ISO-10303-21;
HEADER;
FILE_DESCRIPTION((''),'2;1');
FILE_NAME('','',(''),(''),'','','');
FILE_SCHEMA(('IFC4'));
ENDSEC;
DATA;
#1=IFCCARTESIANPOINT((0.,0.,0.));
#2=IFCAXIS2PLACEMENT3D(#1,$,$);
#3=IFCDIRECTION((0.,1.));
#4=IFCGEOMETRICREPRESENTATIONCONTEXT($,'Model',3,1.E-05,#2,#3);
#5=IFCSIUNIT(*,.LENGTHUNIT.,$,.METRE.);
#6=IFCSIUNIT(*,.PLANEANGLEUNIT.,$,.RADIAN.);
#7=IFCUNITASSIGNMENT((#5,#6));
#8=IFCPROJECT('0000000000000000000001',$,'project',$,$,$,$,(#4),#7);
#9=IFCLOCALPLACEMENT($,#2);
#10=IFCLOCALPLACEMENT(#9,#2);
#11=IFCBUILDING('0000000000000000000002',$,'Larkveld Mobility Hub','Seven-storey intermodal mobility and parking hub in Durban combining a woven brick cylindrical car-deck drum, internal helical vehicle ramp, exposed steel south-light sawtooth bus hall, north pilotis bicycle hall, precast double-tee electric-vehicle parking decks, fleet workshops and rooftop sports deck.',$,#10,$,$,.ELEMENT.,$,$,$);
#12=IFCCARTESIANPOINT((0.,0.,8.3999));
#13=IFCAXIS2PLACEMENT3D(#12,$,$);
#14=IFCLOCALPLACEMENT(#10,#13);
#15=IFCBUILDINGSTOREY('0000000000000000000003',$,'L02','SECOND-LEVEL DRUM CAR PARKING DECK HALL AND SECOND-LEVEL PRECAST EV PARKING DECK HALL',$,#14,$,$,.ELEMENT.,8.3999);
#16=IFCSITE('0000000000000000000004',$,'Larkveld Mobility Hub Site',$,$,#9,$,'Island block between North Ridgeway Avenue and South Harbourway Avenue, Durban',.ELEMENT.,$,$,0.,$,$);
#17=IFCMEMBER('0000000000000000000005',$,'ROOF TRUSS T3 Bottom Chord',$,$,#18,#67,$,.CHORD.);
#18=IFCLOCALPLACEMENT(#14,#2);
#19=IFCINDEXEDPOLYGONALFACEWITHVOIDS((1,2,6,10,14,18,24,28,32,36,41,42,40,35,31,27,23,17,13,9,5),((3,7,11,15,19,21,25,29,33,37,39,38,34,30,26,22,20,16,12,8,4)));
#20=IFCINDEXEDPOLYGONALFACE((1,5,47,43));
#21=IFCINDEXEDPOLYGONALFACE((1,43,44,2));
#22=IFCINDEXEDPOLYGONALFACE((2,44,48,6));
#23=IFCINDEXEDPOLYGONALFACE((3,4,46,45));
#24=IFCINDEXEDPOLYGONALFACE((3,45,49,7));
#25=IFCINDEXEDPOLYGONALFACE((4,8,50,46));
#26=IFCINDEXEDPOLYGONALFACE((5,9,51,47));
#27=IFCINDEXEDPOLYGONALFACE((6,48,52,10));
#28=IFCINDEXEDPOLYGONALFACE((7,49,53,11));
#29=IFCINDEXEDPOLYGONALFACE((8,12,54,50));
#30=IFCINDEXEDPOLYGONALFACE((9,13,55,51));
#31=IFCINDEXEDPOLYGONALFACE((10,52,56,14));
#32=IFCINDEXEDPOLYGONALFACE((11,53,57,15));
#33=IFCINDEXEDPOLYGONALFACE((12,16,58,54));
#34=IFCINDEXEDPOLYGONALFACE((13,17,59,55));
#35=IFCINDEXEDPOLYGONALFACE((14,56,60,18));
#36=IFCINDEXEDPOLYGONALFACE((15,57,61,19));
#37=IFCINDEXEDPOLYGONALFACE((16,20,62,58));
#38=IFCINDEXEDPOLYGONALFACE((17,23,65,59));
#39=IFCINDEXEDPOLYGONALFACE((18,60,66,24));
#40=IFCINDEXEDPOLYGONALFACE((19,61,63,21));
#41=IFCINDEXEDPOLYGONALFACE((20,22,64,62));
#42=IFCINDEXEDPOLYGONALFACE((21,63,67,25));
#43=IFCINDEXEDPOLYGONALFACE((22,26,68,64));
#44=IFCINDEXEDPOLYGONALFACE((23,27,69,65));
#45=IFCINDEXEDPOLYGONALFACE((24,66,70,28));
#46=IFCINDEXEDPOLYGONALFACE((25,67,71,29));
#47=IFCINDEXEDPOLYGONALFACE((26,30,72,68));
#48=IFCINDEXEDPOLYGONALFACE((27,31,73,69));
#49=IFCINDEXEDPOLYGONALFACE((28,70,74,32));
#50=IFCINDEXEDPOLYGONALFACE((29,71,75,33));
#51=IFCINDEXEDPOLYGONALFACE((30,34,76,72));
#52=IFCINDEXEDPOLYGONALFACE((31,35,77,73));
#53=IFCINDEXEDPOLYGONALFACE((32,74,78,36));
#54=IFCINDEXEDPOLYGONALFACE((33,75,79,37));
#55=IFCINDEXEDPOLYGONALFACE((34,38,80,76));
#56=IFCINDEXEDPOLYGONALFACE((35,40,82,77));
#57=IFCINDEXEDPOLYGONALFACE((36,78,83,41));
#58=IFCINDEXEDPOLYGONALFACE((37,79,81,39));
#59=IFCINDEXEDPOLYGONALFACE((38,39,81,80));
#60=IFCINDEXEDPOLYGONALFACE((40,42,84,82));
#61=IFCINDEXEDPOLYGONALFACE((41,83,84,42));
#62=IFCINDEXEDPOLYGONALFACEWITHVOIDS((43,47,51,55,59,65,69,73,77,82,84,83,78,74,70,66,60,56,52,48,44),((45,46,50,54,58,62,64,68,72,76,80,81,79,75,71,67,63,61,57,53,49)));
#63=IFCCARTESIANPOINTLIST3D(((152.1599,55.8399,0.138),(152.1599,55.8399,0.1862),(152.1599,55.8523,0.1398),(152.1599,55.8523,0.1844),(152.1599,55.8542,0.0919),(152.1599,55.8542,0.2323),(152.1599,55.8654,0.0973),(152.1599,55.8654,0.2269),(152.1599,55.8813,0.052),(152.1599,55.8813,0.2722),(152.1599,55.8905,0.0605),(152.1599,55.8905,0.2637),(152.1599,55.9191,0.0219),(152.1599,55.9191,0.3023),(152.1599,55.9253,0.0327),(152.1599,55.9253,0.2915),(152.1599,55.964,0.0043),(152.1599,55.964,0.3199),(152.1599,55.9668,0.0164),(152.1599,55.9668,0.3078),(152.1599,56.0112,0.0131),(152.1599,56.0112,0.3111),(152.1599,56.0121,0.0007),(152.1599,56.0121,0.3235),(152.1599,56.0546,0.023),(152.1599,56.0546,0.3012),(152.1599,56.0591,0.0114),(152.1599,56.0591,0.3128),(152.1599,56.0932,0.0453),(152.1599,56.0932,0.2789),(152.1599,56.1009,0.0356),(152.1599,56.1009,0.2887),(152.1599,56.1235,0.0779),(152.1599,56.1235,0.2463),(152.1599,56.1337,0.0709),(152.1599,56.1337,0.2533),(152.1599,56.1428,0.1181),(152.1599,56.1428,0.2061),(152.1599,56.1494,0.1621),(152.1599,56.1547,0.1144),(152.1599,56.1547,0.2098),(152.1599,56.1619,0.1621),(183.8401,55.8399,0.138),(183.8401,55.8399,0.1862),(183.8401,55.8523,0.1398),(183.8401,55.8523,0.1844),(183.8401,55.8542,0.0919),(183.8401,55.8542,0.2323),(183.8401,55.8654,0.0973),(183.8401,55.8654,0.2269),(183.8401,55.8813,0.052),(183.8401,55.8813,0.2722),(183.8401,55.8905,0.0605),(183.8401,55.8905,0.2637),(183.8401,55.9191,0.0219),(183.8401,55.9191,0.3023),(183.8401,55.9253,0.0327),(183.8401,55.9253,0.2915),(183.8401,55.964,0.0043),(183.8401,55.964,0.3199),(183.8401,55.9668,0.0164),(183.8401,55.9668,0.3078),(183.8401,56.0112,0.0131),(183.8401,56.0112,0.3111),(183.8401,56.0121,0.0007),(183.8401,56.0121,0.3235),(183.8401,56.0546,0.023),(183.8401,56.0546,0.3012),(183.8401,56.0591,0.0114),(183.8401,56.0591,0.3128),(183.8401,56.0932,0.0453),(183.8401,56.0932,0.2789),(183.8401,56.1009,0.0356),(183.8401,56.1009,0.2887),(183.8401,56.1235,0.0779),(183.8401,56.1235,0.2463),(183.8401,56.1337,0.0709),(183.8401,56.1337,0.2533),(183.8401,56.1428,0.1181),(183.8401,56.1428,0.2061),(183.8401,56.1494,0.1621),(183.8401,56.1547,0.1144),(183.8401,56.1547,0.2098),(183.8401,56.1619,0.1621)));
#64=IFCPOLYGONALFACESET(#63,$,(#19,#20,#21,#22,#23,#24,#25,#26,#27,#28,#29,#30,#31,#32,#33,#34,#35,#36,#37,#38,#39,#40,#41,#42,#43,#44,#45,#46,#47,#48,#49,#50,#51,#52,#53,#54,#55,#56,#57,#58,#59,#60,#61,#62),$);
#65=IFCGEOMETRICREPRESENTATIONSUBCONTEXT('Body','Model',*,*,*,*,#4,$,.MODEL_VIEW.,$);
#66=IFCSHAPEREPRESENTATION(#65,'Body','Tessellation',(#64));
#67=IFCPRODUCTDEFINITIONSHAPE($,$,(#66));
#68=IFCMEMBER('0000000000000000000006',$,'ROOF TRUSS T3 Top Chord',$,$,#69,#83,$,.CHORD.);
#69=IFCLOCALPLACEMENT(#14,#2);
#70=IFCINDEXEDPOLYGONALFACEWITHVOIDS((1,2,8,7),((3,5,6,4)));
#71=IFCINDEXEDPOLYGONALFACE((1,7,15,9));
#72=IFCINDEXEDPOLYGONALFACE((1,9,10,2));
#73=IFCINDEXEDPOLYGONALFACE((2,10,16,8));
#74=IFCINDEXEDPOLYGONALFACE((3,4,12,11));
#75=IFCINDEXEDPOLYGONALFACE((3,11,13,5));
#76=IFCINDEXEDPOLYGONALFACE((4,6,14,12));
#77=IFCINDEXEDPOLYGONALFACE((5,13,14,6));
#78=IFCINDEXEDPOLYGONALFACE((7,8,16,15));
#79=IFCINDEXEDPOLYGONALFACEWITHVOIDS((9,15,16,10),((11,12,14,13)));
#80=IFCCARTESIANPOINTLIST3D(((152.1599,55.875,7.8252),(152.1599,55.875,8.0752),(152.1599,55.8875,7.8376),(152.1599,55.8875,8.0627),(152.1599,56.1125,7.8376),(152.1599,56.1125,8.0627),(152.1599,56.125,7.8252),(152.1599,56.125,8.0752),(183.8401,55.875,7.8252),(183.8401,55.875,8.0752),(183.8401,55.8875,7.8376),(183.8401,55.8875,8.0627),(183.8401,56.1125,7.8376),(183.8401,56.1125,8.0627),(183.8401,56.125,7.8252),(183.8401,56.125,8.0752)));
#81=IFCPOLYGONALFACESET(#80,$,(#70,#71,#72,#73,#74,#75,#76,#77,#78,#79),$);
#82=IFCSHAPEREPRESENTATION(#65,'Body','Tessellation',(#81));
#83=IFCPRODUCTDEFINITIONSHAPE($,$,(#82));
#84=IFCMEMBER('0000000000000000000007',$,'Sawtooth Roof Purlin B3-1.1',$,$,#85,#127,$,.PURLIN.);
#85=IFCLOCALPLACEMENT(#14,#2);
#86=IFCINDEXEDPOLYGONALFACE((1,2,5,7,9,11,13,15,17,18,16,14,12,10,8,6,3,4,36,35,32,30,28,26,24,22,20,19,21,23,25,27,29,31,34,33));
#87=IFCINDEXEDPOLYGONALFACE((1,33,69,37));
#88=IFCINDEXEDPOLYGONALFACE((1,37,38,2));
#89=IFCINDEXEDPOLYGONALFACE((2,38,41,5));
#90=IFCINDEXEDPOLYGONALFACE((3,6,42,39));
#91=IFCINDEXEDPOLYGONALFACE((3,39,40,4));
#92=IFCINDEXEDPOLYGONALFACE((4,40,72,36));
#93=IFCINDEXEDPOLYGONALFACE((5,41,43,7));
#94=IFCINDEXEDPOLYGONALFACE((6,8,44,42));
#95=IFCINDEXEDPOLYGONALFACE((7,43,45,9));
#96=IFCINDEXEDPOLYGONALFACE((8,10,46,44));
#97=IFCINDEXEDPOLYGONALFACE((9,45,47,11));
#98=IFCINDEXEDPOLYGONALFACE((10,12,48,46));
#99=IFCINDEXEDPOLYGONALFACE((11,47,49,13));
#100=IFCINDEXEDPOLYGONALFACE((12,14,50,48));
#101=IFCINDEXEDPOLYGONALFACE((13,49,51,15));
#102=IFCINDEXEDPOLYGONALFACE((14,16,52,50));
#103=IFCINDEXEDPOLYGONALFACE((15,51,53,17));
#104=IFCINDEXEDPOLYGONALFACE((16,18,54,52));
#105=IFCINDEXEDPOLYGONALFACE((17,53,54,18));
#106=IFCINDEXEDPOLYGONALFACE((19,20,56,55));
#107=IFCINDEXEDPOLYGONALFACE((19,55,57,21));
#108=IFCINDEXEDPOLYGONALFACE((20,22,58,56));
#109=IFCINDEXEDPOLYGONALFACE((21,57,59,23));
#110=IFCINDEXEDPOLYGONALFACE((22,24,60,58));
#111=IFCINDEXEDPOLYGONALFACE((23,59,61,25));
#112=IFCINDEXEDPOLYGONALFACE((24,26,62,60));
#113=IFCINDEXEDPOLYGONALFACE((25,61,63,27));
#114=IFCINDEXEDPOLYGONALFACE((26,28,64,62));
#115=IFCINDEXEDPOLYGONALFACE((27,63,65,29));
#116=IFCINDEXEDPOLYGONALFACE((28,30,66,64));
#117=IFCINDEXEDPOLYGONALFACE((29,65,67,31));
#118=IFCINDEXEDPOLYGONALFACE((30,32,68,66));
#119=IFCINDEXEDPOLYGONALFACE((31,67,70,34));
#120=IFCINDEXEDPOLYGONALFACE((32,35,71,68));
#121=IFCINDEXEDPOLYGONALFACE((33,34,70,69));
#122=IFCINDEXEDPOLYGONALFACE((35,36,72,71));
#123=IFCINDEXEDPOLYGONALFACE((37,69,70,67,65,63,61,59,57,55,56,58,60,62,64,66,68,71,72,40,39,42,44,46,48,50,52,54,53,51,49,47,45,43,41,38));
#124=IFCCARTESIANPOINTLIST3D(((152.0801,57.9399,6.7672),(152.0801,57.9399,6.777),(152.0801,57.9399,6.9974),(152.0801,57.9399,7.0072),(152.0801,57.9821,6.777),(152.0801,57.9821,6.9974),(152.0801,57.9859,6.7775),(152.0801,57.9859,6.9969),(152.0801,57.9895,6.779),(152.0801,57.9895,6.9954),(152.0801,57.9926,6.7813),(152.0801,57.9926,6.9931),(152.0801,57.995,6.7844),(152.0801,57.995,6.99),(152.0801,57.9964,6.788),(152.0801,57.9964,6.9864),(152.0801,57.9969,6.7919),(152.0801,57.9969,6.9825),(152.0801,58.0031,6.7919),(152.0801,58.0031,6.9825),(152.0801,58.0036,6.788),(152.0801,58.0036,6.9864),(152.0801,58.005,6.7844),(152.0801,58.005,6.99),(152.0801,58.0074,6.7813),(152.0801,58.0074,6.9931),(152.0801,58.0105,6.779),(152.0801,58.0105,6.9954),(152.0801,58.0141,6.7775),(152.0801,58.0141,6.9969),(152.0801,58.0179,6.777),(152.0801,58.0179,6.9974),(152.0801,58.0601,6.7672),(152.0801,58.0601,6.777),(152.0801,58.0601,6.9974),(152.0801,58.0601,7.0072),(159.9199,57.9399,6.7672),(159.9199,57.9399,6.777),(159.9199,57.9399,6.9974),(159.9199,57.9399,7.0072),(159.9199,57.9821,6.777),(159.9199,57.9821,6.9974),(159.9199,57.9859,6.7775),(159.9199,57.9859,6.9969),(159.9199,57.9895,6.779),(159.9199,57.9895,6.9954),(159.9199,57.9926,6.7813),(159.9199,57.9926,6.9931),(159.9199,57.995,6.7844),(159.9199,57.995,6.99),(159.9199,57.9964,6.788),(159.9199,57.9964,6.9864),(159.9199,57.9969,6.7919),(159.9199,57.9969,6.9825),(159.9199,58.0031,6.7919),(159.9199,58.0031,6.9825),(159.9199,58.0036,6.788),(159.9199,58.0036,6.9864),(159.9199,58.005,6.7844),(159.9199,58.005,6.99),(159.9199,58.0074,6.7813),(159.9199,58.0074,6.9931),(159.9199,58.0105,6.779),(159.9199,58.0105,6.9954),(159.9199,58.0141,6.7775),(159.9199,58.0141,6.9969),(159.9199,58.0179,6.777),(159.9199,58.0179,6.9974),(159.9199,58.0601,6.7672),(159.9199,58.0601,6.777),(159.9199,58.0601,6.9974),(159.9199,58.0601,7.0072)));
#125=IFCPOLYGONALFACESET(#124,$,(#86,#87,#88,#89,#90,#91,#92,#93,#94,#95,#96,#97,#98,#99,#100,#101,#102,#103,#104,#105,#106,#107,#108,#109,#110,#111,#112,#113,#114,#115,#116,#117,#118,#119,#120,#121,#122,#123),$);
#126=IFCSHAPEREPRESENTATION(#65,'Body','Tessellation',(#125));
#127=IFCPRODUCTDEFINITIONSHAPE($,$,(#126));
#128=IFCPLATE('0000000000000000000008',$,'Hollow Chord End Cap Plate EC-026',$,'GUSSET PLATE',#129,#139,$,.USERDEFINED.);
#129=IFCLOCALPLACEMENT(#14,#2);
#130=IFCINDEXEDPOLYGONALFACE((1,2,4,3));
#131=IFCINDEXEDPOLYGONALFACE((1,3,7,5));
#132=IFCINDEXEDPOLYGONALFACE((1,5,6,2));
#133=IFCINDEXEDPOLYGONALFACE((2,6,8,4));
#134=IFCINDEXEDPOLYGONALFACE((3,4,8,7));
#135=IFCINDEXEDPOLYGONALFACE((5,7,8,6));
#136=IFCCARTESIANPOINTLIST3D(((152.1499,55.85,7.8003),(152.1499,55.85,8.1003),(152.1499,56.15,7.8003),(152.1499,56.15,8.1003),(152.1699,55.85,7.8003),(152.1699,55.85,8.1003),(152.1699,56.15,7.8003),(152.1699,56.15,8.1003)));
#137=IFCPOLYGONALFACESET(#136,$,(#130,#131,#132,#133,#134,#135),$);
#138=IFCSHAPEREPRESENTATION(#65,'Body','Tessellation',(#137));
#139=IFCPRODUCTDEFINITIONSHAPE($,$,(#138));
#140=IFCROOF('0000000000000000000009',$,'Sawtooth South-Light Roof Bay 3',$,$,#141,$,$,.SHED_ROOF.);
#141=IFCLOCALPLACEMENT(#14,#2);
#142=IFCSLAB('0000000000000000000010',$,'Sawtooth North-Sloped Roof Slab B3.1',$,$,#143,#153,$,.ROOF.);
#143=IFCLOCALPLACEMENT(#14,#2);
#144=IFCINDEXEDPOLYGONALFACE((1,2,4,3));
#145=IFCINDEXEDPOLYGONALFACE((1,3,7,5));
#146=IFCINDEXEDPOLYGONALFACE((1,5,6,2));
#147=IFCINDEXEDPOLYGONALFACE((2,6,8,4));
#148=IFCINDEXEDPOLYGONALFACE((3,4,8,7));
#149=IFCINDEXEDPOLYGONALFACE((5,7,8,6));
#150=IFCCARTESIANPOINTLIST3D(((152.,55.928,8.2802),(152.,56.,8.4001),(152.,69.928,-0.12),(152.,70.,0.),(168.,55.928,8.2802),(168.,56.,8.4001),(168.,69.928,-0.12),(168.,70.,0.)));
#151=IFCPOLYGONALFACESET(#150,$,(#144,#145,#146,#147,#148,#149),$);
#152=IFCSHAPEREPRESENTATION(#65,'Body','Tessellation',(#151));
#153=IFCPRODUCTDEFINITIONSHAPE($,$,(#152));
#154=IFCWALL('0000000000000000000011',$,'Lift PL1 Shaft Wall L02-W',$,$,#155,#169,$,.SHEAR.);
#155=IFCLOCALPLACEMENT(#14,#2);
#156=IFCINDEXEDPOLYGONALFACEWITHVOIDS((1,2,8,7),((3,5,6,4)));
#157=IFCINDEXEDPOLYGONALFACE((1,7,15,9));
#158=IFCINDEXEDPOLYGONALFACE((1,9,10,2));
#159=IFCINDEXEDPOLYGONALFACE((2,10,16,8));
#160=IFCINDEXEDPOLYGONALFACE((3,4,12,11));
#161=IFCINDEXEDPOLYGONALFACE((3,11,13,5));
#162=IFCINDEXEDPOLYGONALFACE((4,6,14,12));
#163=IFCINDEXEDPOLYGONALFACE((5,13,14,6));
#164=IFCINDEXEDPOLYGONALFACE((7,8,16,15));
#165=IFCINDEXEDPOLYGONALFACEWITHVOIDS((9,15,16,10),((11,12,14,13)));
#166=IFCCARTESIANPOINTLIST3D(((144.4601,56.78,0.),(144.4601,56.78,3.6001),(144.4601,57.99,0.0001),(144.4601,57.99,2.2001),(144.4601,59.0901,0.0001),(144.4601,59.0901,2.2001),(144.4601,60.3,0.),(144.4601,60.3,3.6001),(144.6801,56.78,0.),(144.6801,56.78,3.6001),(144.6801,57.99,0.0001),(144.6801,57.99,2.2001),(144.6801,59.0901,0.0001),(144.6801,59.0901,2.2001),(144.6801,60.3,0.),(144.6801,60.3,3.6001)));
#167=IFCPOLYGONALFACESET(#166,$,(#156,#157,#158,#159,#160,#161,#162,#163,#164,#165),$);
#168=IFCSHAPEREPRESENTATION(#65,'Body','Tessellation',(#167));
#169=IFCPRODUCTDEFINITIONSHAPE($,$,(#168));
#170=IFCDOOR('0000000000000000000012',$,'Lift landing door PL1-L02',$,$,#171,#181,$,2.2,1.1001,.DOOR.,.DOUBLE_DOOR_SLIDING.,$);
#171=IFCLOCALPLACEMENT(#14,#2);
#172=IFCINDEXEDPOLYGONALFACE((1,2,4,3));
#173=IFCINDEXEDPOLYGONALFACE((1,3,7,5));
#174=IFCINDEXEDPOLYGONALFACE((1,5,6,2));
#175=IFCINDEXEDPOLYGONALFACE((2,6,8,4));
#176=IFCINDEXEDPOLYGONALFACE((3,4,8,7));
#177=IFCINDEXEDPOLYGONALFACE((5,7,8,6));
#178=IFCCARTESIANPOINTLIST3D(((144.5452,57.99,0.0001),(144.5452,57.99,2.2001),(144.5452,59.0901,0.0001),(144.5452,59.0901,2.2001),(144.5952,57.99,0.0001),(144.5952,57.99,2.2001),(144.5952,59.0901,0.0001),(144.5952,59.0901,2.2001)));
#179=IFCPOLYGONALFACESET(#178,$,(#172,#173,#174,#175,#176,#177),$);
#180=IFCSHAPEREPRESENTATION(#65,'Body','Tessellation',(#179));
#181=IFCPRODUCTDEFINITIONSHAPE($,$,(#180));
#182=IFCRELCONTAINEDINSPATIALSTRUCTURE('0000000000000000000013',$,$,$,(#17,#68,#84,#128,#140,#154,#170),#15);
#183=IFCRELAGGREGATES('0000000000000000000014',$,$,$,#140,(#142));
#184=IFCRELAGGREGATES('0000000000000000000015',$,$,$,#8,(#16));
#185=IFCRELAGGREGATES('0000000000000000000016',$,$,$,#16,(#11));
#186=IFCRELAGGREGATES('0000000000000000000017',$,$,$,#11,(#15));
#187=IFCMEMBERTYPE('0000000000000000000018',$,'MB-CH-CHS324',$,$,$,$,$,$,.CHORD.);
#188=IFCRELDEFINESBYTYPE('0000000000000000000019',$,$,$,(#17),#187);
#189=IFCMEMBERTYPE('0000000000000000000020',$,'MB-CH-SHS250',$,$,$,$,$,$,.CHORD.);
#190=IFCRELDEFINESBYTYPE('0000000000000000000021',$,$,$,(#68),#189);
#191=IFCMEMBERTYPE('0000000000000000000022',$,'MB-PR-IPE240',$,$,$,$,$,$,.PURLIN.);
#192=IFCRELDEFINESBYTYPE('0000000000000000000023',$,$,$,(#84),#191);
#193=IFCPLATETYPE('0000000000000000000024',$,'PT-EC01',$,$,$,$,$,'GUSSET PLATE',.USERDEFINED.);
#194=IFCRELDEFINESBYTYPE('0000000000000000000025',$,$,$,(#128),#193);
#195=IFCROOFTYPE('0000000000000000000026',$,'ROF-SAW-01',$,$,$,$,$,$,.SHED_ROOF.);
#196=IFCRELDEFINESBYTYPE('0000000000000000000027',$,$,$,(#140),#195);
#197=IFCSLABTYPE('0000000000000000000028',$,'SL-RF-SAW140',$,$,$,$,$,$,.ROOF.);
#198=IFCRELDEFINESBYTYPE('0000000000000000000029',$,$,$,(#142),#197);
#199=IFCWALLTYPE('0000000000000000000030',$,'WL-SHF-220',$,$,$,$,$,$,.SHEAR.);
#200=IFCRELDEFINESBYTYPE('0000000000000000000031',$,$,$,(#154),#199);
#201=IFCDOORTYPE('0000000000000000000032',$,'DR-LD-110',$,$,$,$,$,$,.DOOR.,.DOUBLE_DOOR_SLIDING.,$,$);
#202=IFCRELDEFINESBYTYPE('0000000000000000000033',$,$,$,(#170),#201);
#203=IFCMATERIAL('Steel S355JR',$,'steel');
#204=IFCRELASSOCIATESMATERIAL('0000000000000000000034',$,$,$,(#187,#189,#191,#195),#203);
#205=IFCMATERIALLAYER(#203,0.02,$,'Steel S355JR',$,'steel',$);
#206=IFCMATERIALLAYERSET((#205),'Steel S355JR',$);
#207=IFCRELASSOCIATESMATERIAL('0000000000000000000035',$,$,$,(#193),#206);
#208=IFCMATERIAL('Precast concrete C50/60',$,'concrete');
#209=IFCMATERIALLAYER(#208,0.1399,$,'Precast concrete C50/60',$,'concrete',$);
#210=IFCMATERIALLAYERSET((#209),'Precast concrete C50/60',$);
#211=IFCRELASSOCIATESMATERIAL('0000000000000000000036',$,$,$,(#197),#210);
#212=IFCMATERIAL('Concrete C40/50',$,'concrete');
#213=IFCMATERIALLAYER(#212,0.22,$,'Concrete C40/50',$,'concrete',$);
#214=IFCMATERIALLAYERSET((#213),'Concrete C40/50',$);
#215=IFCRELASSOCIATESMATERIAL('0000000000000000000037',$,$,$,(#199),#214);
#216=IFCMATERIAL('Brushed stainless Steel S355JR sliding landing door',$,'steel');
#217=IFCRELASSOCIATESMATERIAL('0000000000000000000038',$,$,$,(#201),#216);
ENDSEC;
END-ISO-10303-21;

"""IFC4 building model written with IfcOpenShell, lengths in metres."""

from ifc_helpers import new_model, si_unit, direction, frame, frame_2d, origin, origin_2d, place, context, subcontext, project, spatial, polyline, rectangle, hollow_rectangle, hollow_circle, i_section, outline, extrude, material, layer, layer_set, material_profile, profile_set, type_object, element, fill, aggregate, save


model = new_model("IFC4")

# Units and contexts
model_context = context("Model", 3, precision=1e-05, world=origin(), true_north=direction((0.0, 1.0)))
body_context = subcontext(model_context, "Body", "Model", "MODEL_VIEW")
ifc_project = project(units=[si_unit("LENGTHUNIT", "METRE"), si_unit("PLANEANGLEUNIT", "RADIAN")], contexts=[model_context])

# Site, building, storey
site_placement = place(None, origin())
site = spatial("IfcSite", under=ifc_project, at=site_placement, Name="Larkveld Mobility Hub Site", LongName="Island block between North Ridgeway Avenue and South Harbourway Avenue, Durban", CompositionType="ELEMENT", RefElevation=0.0)
building_placement = place(site_placement, origin())
building = spatial("IfcBuilding", under=site, at=building_placement, Name="Larkveld Mobility Hub", Description="Seven-storey intermodal mobility and parking hub in Durban combining a woven brick cylindrical car-deck drum, internal helical vehicle ramp, exposed steel south-light sawtooth bus hall, north pilotis bicycle hall, precast double-tee electric-vehicle parking decks, fleet workshops and rooftop sports deck.", CompositionType="ELEMENT")
storey_placement = place(building_placement, frame((0.0, 0.0, 8.3999)))
storey = spatial("IfcBuildingStorey", under=building, at=storey_placement, Name="L02", Description="SECOND-LEVEL DRUM CAR PARKING DECK HALL AND SECOND-LEVEL PRECAST EV PARKING DECK HALL", CompositionType="ELEMENT", Elevation=8.3999)

# Shared definitions
ifc_material_1 = material(Name="Precast concrete C50/60", Category="concrete")
ifc_material_2 = material(Name="Concrete C40/50", Category="concrete")

# Shared definitions
ifc_material_3 = material(Name="Steel S355JR", Category="steel")

# Members
ifc_material_profile_1 = material_profile(ifc_material_3, hollow_circle(Radius=0.1619, WallThickness=0.0125, at=origin_2d()), Name="CHS 323.9x12.5")
ifc_profile_set_1 = profile_set([ifc_material_profile_1], Name="Steel S355JR")
member_type_1 = type_object("IfcMemberType", Name="MB-CH-CHS324", PredefinedType="CHORD", material=ifc_profile_set_1)
member_1_placement = place(storey_placement, frame((152.1599, 56.0, 0.1621), z_axis=(1.0, 0.0, 0.0), x_axis=(0.0, 1.0, 0.0)))
element("IfcMember", 1, at=member_1_placement, inside=storey, type_object=member_type_1, Name="ROOF TRUSS T3 Bottom Chord", PredefinedType="CHORD", context=body_context, shape_type="SweptSolid", body=[
    extrude(hollow_circle(Radius=0.1619, WallThickness=0.0125, at=origin_2d()), origin(), (0.0, 0.0, 1.0), 31.6802),
])
ifc_material_profile_2 = material_profile(ifc_material_3, hollow_rectangle(XDim=0.25, YDim=0.25, WallThickness=0.0125, at=origin_2d()), Name="SHS 250x250x12.5")
ifc_profile_set_2 = profile_set([ifc_material_profile_2], Name="Steel S355JR")
member_type_2 = type_object("IfcMemberType", Name="MB-CH-SHS250", PredefinedType="CHORD", material=ifc_profile_set_2)
member_2_placement = place(storey_placement, frame((152.1599, 56.0, 7.9502), z_axis=(1.0, 0.0, 0.0), x_axis=(0.0, 1.0, 0.0)))
element("IfcMember", 2, at=member_2_placement, inside=storey, type_object=member_type_2, Name="ROOF TRUSS T3 Top Chord", PredefinedType="CHORD", context=body_context, shape_type="SweptSolid", body=[
    extrude(hollow_rectangle(XDim=0.25, YDim=0.25, WallThickness=0.0125, at=origin_2d()), origin(), (0.0, 0.0, 1.0), 31.6802),
])
ifc_material_profile_3 = material_profile(ifc_material_3, i_section(OverallWidth=0.1201, OverallDepth=0.24, WebThickness=0.0061, FlangeThickness=0.0098, FilletRadius=0.0149, at=origin_2d()), Name="IPE 240")
ifc_profile_set_3 = profile_set([ifc_material_profile_3], Name="Steel S355JR")
member_type_3 = type_object("IfcMemberType", Name="MB-PR-IPE240", PredefinedType="PURLIN", material=ifc_profile_set_3)
member_3_placement = place(storey_placement, frame((152.0801, 58.0, 6.8872), z_axis=(1.0, 0.0, 0.0), x_axis=(0.0, 1.0, 0.0)))
element("IfcMember", 3, at=member_3_placement, inside=storey, type_object=member_type_3, Name="Sawtooth Roof Purlin B3-1.1", PredefinedType="PURLIN", context=body_context, shape_type="SweptSolid", body=[
    extrude(i_section(OverallWidth=0.1201, OverallDepth=0.24, WebThickness=0.0061, FlangeThickness=0.0098, FilletRadius=0.0149, at=origin_2d()), origin(), (0.0, 0.0, 1.0), 7.8398),
])

# Plate
ifc_layer_1 = layer(ifc_material_3, 0.02, Name="Steel S355JR", Category="steel")
ifc_layer_set_1 = layer_set([ifc_layer_1], Name="Steel S355JR")
plate_type = type_object("IfcPlateType", Name="PT-EC01", ElementType="GUSSET PLATE", PredefinedType="USERDEFINED", material=ifc_layer_set_1)
plate_placement = place(storey_placement, frame((152.1599, 56.0, 7.8003), z_axis=(0.0, 0.0, 1.0), x_axis=(1.0, 0.0, 0.0)))
element("IfcPlate", 4, at=plate_placement, inside=storey, type_object=plate_type, Name="Hollow Chord End Cap Plate EC-026", ObjectType="GUSSET PLATE", PredefinedType="USERDEFINED", context=body_context, shape_type="SweptSolid", body=[
    extrude(rectangle(XDim=0.02, YDim=0.3, at=origin_2d()), origin(), (0.0, 0.0, 1.0), 0.3),
])

# Roof, slab
roof_type = type_object("IfcRoofType", Name="ROF-SAW-01", PredefinedType="SHED_ROOF", material=ifc_material_3)
roof_placement = place(storey_placement, origin())
roof = element("IfcRoof", 5, at=roof_placement, inside=storey, type_object=roof_type, Name="Sawtooth South-Light Roof Bay 3", PredefinedType="SHED_ROOF")
ifc_layer_2 = layer(ifc_material_1, 0.1399, Name="Precast concrete C50/60", Category="concrete")
ifc_layer_set_2 = layer_set([ifc_layer_2], Name="Precast concrete C50/60")
slab_type = type_object("IfcSlabType", Name="SL-RF-SAW140", PredefinedType="ROOF", material=ifc_layer_set_2)
slab_placement = place(storey_placement, frame((152.0, 56.0, 8.4001), z_axis=(0.0, 0.514502, 0.857489), x_axis=(1.0, 0.0, 0.0)))
slab = element("IfcSlab", 6, at=slab_placement, type_object=slab_type, Name="Sawtooth North-Sloped Roof Slab B3.1", PredefinedType="ROOF", context=body_context, shape_type="SweptSolid", body=[
    extrude(outline(polyline([(0.0, 0.0), (16.0, 0.0), (16.0, 16.3267), (0.0, 16.3267), (0.0, 0.0)])), origin(), (0.0, 0.0, -1.0), 0.1399),
])
aggregate(roof, [slab])

# Wall, opening, door
ifc_layer_3 = layer(ifc_material_2, 0.22, Name="Concrete C40/50", Category="concrete")
ifc_layer_set_3 = layer_set([ifc_layer_3], Name="Concrete C40/50")
wall_type_1 = type_object("IfcWallType", Name="WL-SHF-220", PredefinedType="SHEAR", material=ifc_layer_set_3)
wall_1_placement = place(storey_placement, frame((144.5701, 56.78, 0.0), z_axis=(0.0, 0.0, 1.0), x_axis=(0.0, 1.0, 0.0)))
wall_1 = element("IfcWall", 7, at=wall_1_placement, inside=storey, type_object=wall_type_1, Name="Lift PL1 Shaft Wall L02-W", PredefinedType="SHEAR", context=body_context, shape_type="SweptSolid", body=[
    extrude(rectangle(XDim=3.52, YDim=0.22, at=frame_2d((1.76, 0.0))), origin(), (0.0, 0.0, 1.0), 3.6001),
])
opening_1_placement = place(wall_1_placement, frame((1.21, 0.0, 0.0)))
opening_1 = element("IfcOpeningElement", 8, at=opening_1_placement, cuts=wall_1, PredefinedType="OPENING", context=body_context, shape_type="SweptSolid", body=[
    extrude(rectangle(XDim=1.1001, YDim=2.2, at=frame_2d((0.55, 1.1001))), frame((0.0, 0.1201, 0.0), z_axis=(0.0, -1.0, 0.0), x_axis=(1.0, 0.0, 0.0)), (0.0, 0.0, 1.0), 0.24),
])
ifc_material_4 = material(Name="Brushed stainless Steel S355JR sliding landing door", Category="steel")
door_type_1 = type_object("IfcDoorType", Name="DR-LD-110", OperationType="DOUBLE_DOOR_SLIDING", PredefinedType="DOOR", material=ifc_material_4)
door_1_placement = place(opening_1_placement, origin())
door_1 = element("IfcDoor", 9, at=door_1_placement, inside=storey, type_object=door_type_1, Name="Lift landing door PL1-L02", OperationType="DOUBLE_DOOR_SLIDING", OverallHeight=2.2, OverallWidth=1.1001, PredefinedType="DOOR", context=body_context, shape_type="SweptSolid", body=[
    extrude(rectangle(XDim=1.1001, YDim=2.2, at=frame_2d((0.55, 1.1001))), frame((0.0, 0.0249, 0.0), z_axis=(0.0, -1.0, 0.0), x_axis=(1.0, 0.0, 0.0)), (0.0, 0.0, 1.0), 0.05),
])
fill(opening_1, door_1)

save(model, "model.ifc")
